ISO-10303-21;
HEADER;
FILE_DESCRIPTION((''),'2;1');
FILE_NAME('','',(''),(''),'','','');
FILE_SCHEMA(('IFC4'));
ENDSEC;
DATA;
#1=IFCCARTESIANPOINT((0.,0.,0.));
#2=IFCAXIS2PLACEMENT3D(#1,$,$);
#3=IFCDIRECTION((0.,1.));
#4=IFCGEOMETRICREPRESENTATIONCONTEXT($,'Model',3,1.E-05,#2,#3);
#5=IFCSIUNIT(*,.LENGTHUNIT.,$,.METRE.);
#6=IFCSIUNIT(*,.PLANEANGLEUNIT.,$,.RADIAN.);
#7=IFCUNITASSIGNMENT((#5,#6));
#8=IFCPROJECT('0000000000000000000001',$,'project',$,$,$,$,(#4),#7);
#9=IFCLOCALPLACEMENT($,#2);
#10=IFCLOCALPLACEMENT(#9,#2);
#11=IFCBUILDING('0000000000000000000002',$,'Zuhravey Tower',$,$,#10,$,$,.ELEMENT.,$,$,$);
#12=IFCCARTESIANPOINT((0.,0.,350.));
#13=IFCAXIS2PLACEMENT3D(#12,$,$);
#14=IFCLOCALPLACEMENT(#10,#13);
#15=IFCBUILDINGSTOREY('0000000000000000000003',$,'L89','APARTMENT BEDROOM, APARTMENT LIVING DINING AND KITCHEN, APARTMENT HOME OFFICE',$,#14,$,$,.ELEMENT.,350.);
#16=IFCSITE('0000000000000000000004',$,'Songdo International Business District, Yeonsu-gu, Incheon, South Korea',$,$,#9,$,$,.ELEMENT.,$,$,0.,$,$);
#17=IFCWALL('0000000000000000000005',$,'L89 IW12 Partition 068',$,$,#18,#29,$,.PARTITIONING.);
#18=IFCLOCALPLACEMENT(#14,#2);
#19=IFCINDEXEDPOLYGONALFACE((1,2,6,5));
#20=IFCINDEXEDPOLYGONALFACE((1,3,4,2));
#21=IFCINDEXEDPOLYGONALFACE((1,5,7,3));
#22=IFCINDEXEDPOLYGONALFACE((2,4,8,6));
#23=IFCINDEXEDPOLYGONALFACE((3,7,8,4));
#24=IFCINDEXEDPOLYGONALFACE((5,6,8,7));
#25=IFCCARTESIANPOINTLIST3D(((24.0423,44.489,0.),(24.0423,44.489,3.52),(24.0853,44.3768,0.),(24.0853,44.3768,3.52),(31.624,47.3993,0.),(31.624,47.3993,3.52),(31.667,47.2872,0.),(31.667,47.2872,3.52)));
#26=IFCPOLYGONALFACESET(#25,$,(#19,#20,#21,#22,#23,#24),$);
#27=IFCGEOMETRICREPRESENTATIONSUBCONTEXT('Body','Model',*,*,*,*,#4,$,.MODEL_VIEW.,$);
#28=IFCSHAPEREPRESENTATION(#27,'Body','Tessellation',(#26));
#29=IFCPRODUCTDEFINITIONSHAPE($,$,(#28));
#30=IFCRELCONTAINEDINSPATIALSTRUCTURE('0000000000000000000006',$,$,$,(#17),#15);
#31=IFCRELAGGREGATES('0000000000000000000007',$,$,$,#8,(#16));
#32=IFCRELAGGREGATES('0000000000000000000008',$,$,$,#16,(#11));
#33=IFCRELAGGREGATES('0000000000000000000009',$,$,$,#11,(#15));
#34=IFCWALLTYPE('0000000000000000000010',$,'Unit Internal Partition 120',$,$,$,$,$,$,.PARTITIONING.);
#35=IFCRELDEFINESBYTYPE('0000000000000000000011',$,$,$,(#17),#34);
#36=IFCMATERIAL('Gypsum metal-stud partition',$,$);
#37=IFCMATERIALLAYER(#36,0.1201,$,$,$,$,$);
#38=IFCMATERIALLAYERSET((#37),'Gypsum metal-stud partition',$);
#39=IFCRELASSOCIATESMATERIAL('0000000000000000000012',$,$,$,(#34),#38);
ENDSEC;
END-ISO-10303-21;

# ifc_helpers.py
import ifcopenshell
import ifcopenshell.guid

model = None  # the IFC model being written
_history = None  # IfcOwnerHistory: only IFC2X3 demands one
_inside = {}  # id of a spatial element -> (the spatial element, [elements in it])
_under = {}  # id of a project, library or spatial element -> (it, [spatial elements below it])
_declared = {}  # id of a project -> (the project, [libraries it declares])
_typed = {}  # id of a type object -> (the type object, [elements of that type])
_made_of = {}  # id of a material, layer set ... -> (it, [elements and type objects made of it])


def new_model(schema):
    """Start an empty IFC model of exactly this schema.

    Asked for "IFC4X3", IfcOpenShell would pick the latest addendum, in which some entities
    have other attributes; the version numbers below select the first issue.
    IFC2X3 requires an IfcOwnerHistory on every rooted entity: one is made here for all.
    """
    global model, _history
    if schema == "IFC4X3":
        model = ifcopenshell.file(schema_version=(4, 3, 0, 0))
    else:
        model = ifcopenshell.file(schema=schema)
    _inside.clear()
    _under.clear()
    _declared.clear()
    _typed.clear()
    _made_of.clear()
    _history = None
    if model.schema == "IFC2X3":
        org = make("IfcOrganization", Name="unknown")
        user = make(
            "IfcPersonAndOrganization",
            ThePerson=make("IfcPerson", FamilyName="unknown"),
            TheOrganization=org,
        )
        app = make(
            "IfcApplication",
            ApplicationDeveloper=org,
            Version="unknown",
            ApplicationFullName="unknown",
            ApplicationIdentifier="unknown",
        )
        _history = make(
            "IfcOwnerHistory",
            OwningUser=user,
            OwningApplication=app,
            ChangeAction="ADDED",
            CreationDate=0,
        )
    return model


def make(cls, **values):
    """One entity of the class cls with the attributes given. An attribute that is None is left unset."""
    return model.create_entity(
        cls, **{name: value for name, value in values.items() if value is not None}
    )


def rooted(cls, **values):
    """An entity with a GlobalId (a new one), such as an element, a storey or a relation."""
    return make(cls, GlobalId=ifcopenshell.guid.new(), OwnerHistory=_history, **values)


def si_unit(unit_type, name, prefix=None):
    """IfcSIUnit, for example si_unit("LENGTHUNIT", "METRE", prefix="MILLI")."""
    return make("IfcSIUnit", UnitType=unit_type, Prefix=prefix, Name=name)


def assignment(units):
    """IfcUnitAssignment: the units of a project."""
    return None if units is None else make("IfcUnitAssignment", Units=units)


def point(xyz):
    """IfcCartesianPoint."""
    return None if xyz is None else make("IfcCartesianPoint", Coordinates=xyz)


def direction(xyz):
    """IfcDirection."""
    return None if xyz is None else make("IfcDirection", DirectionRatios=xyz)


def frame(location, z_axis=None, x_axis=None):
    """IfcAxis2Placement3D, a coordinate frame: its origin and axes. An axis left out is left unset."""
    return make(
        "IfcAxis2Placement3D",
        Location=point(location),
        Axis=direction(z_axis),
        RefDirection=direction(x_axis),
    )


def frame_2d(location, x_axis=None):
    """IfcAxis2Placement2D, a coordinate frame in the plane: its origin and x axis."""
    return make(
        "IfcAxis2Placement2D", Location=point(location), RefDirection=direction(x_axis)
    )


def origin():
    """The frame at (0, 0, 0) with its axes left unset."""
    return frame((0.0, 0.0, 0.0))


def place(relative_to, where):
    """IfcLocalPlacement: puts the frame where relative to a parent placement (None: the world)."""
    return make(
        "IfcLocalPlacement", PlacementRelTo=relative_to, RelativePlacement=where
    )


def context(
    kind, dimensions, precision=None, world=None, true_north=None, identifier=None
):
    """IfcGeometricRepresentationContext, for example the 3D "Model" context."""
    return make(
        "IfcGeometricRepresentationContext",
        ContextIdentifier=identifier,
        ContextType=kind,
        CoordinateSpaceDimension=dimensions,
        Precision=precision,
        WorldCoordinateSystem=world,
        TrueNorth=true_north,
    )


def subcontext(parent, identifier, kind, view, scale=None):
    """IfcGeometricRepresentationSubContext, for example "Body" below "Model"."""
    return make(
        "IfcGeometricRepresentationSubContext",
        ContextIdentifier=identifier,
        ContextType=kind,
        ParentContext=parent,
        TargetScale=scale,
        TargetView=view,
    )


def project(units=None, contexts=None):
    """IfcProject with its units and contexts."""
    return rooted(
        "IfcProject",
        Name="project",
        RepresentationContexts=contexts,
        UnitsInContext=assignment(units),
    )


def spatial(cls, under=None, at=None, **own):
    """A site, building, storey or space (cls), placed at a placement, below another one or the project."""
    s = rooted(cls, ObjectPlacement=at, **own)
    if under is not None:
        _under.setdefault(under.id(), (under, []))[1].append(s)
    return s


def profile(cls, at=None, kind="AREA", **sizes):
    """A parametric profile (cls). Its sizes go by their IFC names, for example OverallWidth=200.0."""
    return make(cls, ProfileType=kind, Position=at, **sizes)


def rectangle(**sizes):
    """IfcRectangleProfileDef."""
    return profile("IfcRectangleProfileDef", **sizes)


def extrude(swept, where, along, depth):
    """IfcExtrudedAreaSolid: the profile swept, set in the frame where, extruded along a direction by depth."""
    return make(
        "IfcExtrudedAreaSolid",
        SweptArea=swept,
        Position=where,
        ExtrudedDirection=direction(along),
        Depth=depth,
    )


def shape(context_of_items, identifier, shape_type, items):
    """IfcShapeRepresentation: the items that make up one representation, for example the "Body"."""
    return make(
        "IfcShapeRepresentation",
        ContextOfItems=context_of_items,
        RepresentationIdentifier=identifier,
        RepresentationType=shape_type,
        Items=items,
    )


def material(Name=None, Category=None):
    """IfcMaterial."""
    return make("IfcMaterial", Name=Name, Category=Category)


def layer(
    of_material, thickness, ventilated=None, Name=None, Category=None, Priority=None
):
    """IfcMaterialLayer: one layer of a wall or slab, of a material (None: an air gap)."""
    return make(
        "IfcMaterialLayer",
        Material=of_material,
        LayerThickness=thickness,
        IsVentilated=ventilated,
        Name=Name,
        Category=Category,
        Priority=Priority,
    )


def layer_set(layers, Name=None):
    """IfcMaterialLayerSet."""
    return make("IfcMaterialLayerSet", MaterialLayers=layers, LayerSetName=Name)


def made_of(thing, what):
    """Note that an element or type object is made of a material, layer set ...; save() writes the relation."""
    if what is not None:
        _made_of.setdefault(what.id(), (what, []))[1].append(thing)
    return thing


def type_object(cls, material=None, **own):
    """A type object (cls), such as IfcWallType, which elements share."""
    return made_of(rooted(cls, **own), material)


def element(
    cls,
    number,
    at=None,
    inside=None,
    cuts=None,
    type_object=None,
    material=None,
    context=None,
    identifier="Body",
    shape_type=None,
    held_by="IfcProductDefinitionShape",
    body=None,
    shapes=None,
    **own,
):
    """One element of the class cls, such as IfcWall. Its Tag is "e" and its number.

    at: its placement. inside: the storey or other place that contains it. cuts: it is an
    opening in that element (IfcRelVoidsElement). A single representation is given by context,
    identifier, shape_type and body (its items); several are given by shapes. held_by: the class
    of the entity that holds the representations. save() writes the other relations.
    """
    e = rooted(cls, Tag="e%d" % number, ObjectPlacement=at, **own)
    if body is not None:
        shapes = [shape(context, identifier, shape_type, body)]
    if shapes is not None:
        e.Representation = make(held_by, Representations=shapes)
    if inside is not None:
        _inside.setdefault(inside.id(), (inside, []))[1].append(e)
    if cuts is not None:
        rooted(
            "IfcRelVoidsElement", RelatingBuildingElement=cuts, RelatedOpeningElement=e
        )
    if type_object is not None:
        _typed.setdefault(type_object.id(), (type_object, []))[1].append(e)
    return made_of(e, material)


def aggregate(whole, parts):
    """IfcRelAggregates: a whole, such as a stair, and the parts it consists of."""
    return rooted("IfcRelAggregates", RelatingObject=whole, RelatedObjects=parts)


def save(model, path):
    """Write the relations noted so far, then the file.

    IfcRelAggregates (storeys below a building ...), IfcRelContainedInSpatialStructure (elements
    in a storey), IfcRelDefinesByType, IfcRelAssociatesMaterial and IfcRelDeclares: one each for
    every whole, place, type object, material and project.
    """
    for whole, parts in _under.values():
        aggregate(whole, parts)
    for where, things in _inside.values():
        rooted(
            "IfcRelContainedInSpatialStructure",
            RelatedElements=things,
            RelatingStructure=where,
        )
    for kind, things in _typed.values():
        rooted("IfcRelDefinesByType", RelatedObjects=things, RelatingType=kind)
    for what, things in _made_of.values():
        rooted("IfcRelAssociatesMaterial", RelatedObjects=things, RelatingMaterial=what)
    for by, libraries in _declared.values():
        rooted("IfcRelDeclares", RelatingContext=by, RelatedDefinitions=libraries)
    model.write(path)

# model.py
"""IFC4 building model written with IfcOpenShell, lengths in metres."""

from ifc_helpers import new_model, si_unit, direction, frame, frame_2d, origin, place, context, subcontext, project, spatial, rectangle, extrude, material, layer, layer_set, type_object, element, save


model = new_model("IFC4")

# Units and contexts
model_context = context("Model", 3, precision=1e-05, world=origin(), true_north=direction((0.0, 1.0)))
body_context = subcontext(model_context, "Body", "Model", "MODEL_VIEW")
ifc_project = project(units=[si_unit("LENGTHUNIT", "METRE"), si_unit("PLANEANGLEUNIT", "RADIAN")], contexts=[model_context])

# Site, building, storey
site_placement = place(None, origin())
site = spatial("IfcSite", under=ifc_project, at=site_placement, Name="Songdo International Business District, Yeonsu-gu, Incheon, South Korea", CompositionType="ELEMENT", RefElevation=0.0)
building_placement = place(site_placement, origin())
building = spatial("IfcBuilding", under=site, at=building_placement, Name="Zuhravey Tower", CompositionType="ELEMENT")
storey_placement = place(building_placement, frame((0.0, 0.0, 350.0)))
storey = spatial("IfcBuildingStorey", under=building, at=storey_placement, Name="L89", Description="APARTMENT BEDROOM, APARTMENT LIVING DINING AND KITCHEN, APARTMENT HOME OFFICE", CompositionType="ELEMENT", Elevation=350.0)

# Shared definitions
ifc_material_1 = material(Name="Gypsum metal-stud partition")
ifc_layer_1 = layer(ifc_material_1, 0.1201)
ifc_layer_set_1 = layer_set([ifc_layer_1], Name="Gypsum metal-stud partition")
wall_type_1 = type_object("IfcWallType", Name="Unit Internal Partition 120", PredefinedType="PARTITIONING", material=ifc_layer_set_1)

# Wall
wall_1_placement = place(storey_placement, frame((31.6455, 47.3433, 0.0), z_axis=(0.0, 0.0, 1.0), x_axis=(-0.933579, -0.358371, 0.0)))
element("IfcWall", 1, at=wall_1_placement, inside=storey, type_object=wall_type_1, Name="L89 IW12 Partition 068", PredefinedType="PARTITIONING", context=body_context, shape_type="SweptSolid", body=[
    extrude(rectangle(XDim=8.1211, YDim=0.1201, at=frame_2d((4.0605, 0.0))), origin(), (0.0, 0.0, 1.0), 3.52),
])

save(model, "model.ifc")
